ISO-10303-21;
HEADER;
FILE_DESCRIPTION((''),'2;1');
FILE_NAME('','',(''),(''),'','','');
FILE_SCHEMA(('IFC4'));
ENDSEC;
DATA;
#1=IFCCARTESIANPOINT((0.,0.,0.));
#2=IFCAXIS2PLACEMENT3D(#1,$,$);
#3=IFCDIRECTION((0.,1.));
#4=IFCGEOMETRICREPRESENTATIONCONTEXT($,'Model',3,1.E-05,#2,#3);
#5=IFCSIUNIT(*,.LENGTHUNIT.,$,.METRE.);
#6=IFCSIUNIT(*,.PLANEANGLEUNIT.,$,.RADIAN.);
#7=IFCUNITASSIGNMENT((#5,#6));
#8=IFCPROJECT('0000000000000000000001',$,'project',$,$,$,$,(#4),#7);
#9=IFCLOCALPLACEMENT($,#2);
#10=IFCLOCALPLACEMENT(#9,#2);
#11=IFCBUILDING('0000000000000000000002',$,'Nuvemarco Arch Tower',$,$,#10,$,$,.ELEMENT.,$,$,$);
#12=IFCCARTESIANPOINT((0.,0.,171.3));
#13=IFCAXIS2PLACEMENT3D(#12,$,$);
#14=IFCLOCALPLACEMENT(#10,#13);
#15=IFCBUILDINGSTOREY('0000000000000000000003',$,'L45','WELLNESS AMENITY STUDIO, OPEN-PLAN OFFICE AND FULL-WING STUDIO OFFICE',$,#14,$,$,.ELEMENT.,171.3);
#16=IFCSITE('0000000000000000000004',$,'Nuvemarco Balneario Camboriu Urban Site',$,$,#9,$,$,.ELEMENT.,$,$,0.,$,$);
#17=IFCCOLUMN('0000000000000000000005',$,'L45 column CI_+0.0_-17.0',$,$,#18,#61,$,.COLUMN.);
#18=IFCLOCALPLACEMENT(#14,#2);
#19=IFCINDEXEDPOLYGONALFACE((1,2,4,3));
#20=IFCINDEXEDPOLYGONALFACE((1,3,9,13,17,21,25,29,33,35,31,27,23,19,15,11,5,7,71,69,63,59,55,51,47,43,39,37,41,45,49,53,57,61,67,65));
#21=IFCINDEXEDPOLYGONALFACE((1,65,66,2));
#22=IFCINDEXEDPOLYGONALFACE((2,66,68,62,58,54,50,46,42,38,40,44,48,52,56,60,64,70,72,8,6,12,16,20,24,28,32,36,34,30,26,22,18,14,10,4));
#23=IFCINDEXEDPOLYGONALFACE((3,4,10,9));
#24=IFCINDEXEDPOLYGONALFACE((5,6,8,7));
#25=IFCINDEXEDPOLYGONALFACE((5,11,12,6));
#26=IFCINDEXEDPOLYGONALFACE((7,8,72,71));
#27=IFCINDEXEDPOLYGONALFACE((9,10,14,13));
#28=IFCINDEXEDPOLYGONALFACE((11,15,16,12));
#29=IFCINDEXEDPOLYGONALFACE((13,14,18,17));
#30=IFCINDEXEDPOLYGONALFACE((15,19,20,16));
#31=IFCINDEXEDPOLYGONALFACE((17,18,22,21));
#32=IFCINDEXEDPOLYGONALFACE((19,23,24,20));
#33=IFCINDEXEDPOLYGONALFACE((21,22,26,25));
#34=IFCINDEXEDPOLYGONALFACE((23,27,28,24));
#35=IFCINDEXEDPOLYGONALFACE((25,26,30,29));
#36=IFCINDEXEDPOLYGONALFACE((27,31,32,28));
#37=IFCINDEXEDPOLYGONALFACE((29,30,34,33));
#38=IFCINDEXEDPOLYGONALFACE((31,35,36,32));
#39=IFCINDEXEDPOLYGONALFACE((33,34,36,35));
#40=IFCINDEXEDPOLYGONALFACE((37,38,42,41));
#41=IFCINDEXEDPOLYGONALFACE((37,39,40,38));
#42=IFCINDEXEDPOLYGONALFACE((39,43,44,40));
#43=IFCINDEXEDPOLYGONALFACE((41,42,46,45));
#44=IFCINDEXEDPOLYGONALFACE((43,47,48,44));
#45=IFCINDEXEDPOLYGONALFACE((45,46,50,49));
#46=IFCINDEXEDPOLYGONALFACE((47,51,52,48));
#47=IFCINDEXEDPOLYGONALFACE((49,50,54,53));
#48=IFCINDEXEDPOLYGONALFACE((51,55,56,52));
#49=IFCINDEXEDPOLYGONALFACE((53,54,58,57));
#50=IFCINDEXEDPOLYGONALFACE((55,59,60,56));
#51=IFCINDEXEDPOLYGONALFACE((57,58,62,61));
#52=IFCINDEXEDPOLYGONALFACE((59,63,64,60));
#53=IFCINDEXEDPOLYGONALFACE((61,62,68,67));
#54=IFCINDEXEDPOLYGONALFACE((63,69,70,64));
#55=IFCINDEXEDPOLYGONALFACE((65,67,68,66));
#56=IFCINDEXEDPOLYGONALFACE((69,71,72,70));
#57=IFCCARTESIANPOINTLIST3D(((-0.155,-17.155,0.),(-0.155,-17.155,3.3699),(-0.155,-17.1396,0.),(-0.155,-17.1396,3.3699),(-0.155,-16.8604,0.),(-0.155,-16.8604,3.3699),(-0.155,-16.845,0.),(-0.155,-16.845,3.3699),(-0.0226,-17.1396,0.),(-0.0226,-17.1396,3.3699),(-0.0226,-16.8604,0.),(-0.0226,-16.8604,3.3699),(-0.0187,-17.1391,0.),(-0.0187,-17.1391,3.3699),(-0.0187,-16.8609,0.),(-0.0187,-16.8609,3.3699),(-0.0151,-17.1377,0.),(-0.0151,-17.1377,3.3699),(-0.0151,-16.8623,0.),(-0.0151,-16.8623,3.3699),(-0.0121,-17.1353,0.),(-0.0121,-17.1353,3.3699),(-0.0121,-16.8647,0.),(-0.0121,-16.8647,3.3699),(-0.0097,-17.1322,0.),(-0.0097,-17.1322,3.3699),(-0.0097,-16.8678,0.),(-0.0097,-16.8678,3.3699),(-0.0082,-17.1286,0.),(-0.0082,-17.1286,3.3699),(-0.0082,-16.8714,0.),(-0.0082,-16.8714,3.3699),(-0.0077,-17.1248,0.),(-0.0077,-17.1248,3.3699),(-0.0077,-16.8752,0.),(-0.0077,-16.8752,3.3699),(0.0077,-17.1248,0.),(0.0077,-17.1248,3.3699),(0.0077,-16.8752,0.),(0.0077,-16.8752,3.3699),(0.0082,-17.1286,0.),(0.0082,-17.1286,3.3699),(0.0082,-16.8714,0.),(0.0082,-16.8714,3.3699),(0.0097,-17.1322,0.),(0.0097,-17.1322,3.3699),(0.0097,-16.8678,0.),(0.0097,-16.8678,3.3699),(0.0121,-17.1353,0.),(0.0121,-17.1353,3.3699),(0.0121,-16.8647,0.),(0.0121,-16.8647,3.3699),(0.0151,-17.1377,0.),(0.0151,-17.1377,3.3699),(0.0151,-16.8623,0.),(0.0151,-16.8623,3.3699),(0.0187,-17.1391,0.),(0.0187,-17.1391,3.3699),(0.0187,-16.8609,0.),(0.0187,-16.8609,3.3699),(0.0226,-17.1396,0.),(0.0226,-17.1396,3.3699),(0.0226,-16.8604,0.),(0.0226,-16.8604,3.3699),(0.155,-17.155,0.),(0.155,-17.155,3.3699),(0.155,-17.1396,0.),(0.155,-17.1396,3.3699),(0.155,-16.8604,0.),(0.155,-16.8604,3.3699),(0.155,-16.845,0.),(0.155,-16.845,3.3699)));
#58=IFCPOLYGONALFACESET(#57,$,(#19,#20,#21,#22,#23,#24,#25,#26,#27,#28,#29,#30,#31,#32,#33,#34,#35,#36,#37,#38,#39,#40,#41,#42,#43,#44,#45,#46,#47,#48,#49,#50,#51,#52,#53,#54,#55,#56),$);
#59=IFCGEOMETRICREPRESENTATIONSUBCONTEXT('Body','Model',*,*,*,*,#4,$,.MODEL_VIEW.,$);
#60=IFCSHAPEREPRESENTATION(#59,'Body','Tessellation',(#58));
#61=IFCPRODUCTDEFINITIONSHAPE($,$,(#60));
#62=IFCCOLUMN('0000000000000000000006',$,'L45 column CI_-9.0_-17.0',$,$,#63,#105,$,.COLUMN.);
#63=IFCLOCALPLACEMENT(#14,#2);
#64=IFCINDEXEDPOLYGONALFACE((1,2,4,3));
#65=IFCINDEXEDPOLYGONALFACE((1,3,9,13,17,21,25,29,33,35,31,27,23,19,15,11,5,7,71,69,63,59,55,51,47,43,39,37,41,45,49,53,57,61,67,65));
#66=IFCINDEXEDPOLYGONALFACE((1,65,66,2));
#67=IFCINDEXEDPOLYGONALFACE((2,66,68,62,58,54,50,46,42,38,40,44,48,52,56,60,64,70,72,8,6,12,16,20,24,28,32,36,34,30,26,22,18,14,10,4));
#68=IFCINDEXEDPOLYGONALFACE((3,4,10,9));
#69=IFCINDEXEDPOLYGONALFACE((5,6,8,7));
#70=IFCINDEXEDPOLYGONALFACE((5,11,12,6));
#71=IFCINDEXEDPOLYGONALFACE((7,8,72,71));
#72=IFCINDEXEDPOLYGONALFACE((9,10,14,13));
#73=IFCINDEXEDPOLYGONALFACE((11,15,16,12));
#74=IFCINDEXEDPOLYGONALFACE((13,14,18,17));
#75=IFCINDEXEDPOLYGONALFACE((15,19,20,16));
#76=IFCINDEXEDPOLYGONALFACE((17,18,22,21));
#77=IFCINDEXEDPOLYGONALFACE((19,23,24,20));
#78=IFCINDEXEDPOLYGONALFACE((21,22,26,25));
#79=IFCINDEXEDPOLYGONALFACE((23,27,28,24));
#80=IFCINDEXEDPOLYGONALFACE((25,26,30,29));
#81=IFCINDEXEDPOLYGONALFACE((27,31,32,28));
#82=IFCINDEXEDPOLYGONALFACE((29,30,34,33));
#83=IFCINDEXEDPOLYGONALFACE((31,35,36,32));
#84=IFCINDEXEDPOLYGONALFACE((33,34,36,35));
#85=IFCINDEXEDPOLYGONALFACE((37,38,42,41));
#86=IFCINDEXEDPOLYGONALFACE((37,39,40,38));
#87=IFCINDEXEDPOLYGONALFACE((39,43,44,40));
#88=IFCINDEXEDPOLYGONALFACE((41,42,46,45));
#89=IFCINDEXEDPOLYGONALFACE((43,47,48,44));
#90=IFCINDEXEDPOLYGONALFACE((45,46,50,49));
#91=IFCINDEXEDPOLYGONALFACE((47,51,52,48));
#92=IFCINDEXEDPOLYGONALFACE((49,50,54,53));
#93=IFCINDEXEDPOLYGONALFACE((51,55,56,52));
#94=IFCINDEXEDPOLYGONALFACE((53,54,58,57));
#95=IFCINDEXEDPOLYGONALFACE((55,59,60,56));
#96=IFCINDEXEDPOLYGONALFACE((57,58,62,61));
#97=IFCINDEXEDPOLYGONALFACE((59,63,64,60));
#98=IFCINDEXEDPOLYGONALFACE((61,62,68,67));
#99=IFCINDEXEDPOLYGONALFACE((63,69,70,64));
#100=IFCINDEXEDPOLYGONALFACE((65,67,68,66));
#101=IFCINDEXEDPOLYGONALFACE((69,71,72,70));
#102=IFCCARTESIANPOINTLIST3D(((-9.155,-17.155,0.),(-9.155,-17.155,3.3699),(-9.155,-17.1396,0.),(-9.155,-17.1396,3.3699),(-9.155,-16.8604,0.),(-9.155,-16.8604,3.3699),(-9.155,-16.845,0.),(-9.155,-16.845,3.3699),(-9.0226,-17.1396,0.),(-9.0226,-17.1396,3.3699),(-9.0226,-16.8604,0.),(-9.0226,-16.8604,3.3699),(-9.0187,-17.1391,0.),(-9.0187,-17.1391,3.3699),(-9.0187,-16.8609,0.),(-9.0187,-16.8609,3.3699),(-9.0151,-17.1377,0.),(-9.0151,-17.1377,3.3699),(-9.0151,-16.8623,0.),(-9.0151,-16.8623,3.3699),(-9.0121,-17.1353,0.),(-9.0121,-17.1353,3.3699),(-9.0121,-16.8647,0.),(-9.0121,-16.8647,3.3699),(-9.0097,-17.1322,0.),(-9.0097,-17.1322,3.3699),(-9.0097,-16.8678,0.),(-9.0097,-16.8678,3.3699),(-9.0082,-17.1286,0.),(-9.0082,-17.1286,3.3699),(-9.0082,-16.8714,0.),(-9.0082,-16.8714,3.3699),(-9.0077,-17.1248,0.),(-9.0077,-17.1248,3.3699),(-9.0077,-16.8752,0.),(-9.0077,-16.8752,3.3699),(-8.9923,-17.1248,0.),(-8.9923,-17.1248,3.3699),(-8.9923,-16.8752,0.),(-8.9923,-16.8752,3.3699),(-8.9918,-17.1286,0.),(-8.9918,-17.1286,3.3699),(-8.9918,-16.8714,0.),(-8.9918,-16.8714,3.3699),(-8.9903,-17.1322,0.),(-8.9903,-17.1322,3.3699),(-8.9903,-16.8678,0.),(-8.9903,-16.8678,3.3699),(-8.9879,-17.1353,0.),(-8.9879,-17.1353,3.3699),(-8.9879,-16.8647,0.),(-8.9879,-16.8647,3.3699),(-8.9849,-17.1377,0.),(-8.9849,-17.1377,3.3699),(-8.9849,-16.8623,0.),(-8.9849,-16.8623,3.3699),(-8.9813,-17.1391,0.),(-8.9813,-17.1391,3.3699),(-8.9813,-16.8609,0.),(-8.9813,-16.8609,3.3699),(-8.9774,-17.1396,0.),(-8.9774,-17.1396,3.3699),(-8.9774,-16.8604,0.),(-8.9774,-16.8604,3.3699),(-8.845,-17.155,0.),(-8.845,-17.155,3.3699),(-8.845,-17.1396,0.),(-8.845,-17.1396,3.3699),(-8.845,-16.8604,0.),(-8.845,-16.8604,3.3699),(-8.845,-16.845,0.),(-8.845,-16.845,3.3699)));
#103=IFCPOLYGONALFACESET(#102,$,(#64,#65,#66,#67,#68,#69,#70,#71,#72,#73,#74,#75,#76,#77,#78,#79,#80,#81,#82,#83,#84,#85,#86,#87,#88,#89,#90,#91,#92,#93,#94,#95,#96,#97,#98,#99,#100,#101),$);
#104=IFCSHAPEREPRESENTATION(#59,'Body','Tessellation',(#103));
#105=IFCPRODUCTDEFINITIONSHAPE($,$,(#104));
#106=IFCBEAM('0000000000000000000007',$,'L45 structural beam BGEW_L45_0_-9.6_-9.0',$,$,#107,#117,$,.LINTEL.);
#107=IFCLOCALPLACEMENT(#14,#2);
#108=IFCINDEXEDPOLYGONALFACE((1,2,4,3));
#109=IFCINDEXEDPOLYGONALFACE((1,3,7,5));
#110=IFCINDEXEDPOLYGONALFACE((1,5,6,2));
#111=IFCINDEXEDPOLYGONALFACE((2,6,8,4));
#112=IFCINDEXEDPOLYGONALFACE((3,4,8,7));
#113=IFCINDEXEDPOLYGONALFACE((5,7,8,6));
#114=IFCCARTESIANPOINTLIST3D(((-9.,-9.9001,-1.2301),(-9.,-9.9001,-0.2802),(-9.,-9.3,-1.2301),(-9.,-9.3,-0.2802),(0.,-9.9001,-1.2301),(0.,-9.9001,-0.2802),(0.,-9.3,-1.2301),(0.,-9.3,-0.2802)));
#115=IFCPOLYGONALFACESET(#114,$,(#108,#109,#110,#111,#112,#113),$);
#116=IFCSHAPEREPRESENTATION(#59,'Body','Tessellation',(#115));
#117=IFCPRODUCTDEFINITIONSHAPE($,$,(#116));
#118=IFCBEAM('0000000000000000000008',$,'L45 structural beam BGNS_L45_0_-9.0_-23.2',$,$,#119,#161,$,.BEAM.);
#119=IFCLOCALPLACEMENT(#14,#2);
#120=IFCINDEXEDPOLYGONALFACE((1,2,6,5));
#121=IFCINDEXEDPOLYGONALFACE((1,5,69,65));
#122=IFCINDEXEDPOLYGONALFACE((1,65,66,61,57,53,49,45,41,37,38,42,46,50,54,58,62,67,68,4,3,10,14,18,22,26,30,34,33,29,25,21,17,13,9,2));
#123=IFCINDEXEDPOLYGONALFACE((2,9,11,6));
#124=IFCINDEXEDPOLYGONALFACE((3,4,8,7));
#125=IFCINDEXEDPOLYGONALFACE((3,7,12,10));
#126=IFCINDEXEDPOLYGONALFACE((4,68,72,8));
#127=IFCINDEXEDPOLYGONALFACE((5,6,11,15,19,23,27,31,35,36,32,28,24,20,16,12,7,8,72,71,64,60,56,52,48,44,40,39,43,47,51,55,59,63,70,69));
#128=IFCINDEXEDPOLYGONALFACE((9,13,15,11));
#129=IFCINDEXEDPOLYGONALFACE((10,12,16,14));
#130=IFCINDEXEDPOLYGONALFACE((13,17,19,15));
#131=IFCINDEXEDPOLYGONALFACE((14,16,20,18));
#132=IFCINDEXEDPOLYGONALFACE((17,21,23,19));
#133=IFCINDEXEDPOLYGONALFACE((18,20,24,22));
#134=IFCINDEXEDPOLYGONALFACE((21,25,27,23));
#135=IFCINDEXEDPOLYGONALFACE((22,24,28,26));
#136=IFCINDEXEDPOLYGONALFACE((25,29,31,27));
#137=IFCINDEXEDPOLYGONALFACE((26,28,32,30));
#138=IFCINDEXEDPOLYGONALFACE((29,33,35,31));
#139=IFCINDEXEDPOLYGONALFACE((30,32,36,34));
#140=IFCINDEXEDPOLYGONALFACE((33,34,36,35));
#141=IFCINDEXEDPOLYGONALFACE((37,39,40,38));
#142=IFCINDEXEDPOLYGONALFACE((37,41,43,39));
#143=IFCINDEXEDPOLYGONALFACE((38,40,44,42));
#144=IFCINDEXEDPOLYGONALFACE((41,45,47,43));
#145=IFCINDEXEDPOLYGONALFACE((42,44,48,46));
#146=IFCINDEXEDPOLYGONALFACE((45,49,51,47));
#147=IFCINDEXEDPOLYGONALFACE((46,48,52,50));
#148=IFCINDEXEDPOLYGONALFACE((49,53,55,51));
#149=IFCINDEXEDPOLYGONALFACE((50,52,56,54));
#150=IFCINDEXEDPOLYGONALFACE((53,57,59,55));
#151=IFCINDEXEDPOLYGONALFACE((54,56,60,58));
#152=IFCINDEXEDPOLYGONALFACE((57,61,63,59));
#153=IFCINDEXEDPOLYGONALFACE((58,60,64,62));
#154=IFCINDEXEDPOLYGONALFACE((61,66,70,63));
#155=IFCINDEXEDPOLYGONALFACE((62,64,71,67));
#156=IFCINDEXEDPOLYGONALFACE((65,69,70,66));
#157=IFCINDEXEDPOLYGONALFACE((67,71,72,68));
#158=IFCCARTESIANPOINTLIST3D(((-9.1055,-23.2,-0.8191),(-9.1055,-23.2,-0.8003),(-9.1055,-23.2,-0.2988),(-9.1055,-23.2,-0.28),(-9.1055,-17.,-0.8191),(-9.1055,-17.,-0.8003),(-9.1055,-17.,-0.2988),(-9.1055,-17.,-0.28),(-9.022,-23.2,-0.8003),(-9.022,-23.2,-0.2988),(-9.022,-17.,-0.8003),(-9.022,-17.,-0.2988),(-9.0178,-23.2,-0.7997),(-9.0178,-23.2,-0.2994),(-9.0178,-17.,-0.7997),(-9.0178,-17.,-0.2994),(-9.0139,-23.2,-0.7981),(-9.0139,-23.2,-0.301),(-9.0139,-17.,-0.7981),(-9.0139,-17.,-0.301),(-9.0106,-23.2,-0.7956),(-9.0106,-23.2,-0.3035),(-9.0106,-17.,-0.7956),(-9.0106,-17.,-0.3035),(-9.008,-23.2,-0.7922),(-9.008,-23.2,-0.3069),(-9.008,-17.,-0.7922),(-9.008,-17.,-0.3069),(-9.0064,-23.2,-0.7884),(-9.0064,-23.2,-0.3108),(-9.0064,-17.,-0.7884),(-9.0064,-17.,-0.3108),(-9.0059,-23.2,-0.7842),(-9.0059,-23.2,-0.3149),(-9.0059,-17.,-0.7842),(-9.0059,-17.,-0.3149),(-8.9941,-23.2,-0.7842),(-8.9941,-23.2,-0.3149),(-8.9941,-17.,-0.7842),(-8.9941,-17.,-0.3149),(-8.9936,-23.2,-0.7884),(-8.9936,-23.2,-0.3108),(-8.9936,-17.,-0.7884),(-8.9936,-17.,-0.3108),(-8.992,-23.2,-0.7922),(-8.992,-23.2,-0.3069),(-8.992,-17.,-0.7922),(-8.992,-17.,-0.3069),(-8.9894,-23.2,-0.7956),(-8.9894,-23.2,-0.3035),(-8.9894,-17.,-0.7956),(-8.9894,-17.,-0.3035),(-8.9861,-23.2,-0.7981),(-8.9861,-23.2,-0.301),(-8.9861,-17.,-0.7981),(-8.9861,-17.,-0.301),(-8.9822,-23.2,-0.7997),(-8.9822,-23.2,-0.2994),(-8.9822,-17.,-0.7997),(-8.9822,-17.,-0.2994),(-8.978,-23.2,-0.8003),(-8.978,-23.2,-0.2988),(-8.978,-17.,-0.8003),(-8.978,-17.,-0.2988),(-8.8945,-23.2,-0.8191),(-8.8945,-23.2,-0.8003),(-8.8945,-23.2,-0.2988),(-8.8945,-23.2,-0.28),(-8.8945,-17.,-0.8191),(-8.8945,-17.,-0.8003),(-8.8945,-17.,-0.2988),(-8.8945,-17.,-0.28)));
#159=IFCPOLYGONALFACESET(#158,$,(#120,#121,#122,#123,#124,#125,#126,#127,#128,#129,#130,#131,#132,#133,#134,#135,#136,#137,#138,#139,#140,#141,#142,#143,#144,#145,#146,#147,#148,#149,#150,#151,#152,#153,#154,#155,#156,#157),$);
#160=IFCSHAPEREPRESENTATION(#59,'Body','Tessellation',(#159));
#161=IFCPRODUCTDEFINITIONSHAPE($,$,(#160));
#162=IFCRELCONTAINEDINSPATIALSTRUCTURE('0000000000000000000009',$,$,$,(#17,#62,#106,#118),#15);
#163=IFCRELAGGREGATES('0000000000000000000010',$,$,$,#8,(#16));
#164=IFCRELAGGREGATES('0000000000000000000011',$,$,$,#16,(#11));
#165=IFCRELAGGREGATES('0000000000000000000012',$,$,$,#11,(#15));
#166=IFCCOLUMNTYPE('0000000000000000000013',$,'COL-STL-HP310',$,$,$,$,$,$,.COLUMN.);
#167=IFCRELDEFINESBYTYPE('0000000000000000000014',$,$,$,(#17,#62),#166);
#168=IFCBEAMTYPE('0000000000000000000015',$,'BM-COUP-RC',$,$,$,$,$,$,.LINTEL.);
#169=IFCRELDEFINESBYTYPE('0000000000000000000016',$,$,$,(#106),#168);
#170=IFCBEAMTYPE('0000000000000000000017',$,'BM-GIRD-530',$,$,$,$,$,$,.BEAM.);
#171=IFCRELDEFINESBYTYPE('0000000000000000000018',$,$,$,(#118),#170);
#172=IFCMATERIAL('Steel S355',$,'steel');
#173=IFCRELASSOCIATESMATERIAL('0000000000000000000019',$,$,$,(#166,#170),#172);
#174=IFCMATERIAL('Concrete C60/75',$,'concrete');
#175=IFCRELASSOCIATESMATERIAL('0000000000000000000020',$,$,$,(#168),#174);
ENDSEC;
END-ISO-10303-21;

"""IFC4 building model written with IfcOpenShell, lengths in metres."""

from ifc_helpers import new_model, si_unit, direction, frame, origin, origin_2d, place, context, subcontext, project, spatial, rectangle, i_section, extrude, material, material_profile, profile_set, type_object, element, save


model = new_model("IFC4")

# Units and contexts
model_context = context("Model", 3, precision=1e-05, world=origin(), true_north=direction((0.0, 1.0)))
body_context = subcontext(model_context, "Body", "Model", "MODEL_VIEW")
ifc_project = project(units=[si_unit("LENGTHUNIT", "METRE"), si_unit("PLANEANGLEUNIT", "RADIAN")], contexts=[model_context])

# Site, building, storey
site_placement = place(None, origin())
site = spatial("IfcSite", under=ifc_project, at=site_placement, Name="Nuvemarco Balneario Camboriu Urban Site", CompositionType="ELEMENT", RefElevation=0.0)
building_placement = place(site_placement, origin())
building = spatial("IfcBuilding", under=site, at=building_placement, Name="Nuvemarco Arch Tower", CompositionType="ELEMENT")
storey_placement = place(building_placement, frame((0.0, 0.0, 171.3)))
storey = spatial("IfcBuildingStorey", under=building, at=storey_placement, Name="L45", Description="WELLNESS AMENITY STUDIO, OPEN-PLAN OFFICE AND FULL-WING STUDIO OFFICE", CompositionType="ELEMENT", Elevation=171.3)

# Columns
ifc_material_1 = material(Name="Steel S355", Category="steel")
ifc_material_profile_1 = material_profile(ifc_material_1, i_section(OverallWidth=0.3101, OverallDepth=0.3101, WebThickness=0.0154, FlangeThickness=0.0154, FilletRadius=0.0149, at=origin_2d()), Name="HP310x110")
ifc_profile_set_1 = profile_set([ifc_material_profile_1], Name="Steel S355")
column_type_1 = type_object("IfcColumnType", Name="COL-STL-HP310", PredefinedType="COLUMN", material=ifc_profile_set_1)
for number, where, z_axis, x_axis, name in (
    (1, (0.0, -17.0, 0.0), (0.0, 0.0, 1.0), (1.0, 0.0, 0.0), "L45 column CI_+0.0_-17.0"),
    (2, (-9.0, -17.0, 0.0), (0.0, 0.0, 1.0), (1.0, 0.0, 0.0), "L45 column CI_-9.0_-17.0"),
):
    element("IfcColumn", number, at=place(storey_placement, frame(where, z_axis=z_axis, x_axis=x_axis)), inside=storey, type_object=column_type_1, Name=name, PredefinedType="COLUMN", context=body_context, shape_type="SweptSolid", body=[
        extrude(i_section(OverallWidth=0.3101, OverallDepth=0.3101, WebThickness=0.0154, FlangeThickness=0.0154, FilletRadius=0.0149, at=origin_2d()), origin(), (0.0, 0.0, 1.0), 3.3699),
    ])

# Beams
ifc_material_2 = material(Name="Concrete C60/75", Category="concrete")
ifc_material_profile_2 = material_profile(ifc_material_2, rectangle(XDim=0.6001, YDim=0.95, at=origin_2d()), Name="RC-BM-600x950")
ifc_profile_set_2 = profile_set([ifc_material_profile_2], Name="Concrete C60/75")
beam_type_1 = type_object("IfcBeamType", Name="BM-COUP-RC", PredefinedType="LINTEL", material=ifc_profile_set_2)
beam_1_placement = place(storey_placement, frame((-9.0, -9.6001, -0.7551), z_axis=(1.0, 0.0, 0.0), x_axis=(0.0, 1.0, 0.0)))
element("IfcBeam", 3, at=beam_1_placement, inside=storey, type_object=beam_type_1, Name="L45 structural beam BGEW_L45_0_-9.6_-9.0", PredefinedType="LINTEL", context=body_context, shape_type="SweptSolid", body=[
    extrude(rectangle(XDim=0.6001, YDim=0.95, at=origin_2d()), origin(), (0.0, 0.0, 1.0), 9.0),
])
ifc_material_profile_3 = material_profile(ifc_material_1, i_section(OverallWidth=0.2109, OverallDepth=0.5391, WebThickness=0.0117, FlangeThickness=0.0188, FilletRadius=0.0161, at=origin_2d()), Name="W530x109")
ifc_profile_set_3 = profile_set([ifc_material_profile_3], Name="Steel S355")
beam_type_2 = type_object("IfcBeamType", Name="BM-GIRD-530", PredefinedType="BEAM", material=ifc_profile_set_3)
beam_2_placement = place(storey_placement, frame((-9.0, -23.2, -0.5496), z_axis=(0.0, 1.0, 0.0), x_axis=(-1.0, 0.0, 0.0)))
element("IfcBeam", 4, at=beam_2_placement, inside=storey, type_object=beam_type_2, Name="L45 structural beam BGNS_L45_0_-9.0_-23.2", PredefinedType="BEAM", context=body_context, shape_type="SweptSolid", body=[
    extrude(i_section(OverallWidth=0.2109, OverallDepth=0.5391, WebThickness=0.0117, FlangeThickness=0.0188, FilletRadius=0.0161, at=origin_2d()), origin(), (0.0, 0.0, 1.0), 6.2),
])

save(model, "model.ifc")
